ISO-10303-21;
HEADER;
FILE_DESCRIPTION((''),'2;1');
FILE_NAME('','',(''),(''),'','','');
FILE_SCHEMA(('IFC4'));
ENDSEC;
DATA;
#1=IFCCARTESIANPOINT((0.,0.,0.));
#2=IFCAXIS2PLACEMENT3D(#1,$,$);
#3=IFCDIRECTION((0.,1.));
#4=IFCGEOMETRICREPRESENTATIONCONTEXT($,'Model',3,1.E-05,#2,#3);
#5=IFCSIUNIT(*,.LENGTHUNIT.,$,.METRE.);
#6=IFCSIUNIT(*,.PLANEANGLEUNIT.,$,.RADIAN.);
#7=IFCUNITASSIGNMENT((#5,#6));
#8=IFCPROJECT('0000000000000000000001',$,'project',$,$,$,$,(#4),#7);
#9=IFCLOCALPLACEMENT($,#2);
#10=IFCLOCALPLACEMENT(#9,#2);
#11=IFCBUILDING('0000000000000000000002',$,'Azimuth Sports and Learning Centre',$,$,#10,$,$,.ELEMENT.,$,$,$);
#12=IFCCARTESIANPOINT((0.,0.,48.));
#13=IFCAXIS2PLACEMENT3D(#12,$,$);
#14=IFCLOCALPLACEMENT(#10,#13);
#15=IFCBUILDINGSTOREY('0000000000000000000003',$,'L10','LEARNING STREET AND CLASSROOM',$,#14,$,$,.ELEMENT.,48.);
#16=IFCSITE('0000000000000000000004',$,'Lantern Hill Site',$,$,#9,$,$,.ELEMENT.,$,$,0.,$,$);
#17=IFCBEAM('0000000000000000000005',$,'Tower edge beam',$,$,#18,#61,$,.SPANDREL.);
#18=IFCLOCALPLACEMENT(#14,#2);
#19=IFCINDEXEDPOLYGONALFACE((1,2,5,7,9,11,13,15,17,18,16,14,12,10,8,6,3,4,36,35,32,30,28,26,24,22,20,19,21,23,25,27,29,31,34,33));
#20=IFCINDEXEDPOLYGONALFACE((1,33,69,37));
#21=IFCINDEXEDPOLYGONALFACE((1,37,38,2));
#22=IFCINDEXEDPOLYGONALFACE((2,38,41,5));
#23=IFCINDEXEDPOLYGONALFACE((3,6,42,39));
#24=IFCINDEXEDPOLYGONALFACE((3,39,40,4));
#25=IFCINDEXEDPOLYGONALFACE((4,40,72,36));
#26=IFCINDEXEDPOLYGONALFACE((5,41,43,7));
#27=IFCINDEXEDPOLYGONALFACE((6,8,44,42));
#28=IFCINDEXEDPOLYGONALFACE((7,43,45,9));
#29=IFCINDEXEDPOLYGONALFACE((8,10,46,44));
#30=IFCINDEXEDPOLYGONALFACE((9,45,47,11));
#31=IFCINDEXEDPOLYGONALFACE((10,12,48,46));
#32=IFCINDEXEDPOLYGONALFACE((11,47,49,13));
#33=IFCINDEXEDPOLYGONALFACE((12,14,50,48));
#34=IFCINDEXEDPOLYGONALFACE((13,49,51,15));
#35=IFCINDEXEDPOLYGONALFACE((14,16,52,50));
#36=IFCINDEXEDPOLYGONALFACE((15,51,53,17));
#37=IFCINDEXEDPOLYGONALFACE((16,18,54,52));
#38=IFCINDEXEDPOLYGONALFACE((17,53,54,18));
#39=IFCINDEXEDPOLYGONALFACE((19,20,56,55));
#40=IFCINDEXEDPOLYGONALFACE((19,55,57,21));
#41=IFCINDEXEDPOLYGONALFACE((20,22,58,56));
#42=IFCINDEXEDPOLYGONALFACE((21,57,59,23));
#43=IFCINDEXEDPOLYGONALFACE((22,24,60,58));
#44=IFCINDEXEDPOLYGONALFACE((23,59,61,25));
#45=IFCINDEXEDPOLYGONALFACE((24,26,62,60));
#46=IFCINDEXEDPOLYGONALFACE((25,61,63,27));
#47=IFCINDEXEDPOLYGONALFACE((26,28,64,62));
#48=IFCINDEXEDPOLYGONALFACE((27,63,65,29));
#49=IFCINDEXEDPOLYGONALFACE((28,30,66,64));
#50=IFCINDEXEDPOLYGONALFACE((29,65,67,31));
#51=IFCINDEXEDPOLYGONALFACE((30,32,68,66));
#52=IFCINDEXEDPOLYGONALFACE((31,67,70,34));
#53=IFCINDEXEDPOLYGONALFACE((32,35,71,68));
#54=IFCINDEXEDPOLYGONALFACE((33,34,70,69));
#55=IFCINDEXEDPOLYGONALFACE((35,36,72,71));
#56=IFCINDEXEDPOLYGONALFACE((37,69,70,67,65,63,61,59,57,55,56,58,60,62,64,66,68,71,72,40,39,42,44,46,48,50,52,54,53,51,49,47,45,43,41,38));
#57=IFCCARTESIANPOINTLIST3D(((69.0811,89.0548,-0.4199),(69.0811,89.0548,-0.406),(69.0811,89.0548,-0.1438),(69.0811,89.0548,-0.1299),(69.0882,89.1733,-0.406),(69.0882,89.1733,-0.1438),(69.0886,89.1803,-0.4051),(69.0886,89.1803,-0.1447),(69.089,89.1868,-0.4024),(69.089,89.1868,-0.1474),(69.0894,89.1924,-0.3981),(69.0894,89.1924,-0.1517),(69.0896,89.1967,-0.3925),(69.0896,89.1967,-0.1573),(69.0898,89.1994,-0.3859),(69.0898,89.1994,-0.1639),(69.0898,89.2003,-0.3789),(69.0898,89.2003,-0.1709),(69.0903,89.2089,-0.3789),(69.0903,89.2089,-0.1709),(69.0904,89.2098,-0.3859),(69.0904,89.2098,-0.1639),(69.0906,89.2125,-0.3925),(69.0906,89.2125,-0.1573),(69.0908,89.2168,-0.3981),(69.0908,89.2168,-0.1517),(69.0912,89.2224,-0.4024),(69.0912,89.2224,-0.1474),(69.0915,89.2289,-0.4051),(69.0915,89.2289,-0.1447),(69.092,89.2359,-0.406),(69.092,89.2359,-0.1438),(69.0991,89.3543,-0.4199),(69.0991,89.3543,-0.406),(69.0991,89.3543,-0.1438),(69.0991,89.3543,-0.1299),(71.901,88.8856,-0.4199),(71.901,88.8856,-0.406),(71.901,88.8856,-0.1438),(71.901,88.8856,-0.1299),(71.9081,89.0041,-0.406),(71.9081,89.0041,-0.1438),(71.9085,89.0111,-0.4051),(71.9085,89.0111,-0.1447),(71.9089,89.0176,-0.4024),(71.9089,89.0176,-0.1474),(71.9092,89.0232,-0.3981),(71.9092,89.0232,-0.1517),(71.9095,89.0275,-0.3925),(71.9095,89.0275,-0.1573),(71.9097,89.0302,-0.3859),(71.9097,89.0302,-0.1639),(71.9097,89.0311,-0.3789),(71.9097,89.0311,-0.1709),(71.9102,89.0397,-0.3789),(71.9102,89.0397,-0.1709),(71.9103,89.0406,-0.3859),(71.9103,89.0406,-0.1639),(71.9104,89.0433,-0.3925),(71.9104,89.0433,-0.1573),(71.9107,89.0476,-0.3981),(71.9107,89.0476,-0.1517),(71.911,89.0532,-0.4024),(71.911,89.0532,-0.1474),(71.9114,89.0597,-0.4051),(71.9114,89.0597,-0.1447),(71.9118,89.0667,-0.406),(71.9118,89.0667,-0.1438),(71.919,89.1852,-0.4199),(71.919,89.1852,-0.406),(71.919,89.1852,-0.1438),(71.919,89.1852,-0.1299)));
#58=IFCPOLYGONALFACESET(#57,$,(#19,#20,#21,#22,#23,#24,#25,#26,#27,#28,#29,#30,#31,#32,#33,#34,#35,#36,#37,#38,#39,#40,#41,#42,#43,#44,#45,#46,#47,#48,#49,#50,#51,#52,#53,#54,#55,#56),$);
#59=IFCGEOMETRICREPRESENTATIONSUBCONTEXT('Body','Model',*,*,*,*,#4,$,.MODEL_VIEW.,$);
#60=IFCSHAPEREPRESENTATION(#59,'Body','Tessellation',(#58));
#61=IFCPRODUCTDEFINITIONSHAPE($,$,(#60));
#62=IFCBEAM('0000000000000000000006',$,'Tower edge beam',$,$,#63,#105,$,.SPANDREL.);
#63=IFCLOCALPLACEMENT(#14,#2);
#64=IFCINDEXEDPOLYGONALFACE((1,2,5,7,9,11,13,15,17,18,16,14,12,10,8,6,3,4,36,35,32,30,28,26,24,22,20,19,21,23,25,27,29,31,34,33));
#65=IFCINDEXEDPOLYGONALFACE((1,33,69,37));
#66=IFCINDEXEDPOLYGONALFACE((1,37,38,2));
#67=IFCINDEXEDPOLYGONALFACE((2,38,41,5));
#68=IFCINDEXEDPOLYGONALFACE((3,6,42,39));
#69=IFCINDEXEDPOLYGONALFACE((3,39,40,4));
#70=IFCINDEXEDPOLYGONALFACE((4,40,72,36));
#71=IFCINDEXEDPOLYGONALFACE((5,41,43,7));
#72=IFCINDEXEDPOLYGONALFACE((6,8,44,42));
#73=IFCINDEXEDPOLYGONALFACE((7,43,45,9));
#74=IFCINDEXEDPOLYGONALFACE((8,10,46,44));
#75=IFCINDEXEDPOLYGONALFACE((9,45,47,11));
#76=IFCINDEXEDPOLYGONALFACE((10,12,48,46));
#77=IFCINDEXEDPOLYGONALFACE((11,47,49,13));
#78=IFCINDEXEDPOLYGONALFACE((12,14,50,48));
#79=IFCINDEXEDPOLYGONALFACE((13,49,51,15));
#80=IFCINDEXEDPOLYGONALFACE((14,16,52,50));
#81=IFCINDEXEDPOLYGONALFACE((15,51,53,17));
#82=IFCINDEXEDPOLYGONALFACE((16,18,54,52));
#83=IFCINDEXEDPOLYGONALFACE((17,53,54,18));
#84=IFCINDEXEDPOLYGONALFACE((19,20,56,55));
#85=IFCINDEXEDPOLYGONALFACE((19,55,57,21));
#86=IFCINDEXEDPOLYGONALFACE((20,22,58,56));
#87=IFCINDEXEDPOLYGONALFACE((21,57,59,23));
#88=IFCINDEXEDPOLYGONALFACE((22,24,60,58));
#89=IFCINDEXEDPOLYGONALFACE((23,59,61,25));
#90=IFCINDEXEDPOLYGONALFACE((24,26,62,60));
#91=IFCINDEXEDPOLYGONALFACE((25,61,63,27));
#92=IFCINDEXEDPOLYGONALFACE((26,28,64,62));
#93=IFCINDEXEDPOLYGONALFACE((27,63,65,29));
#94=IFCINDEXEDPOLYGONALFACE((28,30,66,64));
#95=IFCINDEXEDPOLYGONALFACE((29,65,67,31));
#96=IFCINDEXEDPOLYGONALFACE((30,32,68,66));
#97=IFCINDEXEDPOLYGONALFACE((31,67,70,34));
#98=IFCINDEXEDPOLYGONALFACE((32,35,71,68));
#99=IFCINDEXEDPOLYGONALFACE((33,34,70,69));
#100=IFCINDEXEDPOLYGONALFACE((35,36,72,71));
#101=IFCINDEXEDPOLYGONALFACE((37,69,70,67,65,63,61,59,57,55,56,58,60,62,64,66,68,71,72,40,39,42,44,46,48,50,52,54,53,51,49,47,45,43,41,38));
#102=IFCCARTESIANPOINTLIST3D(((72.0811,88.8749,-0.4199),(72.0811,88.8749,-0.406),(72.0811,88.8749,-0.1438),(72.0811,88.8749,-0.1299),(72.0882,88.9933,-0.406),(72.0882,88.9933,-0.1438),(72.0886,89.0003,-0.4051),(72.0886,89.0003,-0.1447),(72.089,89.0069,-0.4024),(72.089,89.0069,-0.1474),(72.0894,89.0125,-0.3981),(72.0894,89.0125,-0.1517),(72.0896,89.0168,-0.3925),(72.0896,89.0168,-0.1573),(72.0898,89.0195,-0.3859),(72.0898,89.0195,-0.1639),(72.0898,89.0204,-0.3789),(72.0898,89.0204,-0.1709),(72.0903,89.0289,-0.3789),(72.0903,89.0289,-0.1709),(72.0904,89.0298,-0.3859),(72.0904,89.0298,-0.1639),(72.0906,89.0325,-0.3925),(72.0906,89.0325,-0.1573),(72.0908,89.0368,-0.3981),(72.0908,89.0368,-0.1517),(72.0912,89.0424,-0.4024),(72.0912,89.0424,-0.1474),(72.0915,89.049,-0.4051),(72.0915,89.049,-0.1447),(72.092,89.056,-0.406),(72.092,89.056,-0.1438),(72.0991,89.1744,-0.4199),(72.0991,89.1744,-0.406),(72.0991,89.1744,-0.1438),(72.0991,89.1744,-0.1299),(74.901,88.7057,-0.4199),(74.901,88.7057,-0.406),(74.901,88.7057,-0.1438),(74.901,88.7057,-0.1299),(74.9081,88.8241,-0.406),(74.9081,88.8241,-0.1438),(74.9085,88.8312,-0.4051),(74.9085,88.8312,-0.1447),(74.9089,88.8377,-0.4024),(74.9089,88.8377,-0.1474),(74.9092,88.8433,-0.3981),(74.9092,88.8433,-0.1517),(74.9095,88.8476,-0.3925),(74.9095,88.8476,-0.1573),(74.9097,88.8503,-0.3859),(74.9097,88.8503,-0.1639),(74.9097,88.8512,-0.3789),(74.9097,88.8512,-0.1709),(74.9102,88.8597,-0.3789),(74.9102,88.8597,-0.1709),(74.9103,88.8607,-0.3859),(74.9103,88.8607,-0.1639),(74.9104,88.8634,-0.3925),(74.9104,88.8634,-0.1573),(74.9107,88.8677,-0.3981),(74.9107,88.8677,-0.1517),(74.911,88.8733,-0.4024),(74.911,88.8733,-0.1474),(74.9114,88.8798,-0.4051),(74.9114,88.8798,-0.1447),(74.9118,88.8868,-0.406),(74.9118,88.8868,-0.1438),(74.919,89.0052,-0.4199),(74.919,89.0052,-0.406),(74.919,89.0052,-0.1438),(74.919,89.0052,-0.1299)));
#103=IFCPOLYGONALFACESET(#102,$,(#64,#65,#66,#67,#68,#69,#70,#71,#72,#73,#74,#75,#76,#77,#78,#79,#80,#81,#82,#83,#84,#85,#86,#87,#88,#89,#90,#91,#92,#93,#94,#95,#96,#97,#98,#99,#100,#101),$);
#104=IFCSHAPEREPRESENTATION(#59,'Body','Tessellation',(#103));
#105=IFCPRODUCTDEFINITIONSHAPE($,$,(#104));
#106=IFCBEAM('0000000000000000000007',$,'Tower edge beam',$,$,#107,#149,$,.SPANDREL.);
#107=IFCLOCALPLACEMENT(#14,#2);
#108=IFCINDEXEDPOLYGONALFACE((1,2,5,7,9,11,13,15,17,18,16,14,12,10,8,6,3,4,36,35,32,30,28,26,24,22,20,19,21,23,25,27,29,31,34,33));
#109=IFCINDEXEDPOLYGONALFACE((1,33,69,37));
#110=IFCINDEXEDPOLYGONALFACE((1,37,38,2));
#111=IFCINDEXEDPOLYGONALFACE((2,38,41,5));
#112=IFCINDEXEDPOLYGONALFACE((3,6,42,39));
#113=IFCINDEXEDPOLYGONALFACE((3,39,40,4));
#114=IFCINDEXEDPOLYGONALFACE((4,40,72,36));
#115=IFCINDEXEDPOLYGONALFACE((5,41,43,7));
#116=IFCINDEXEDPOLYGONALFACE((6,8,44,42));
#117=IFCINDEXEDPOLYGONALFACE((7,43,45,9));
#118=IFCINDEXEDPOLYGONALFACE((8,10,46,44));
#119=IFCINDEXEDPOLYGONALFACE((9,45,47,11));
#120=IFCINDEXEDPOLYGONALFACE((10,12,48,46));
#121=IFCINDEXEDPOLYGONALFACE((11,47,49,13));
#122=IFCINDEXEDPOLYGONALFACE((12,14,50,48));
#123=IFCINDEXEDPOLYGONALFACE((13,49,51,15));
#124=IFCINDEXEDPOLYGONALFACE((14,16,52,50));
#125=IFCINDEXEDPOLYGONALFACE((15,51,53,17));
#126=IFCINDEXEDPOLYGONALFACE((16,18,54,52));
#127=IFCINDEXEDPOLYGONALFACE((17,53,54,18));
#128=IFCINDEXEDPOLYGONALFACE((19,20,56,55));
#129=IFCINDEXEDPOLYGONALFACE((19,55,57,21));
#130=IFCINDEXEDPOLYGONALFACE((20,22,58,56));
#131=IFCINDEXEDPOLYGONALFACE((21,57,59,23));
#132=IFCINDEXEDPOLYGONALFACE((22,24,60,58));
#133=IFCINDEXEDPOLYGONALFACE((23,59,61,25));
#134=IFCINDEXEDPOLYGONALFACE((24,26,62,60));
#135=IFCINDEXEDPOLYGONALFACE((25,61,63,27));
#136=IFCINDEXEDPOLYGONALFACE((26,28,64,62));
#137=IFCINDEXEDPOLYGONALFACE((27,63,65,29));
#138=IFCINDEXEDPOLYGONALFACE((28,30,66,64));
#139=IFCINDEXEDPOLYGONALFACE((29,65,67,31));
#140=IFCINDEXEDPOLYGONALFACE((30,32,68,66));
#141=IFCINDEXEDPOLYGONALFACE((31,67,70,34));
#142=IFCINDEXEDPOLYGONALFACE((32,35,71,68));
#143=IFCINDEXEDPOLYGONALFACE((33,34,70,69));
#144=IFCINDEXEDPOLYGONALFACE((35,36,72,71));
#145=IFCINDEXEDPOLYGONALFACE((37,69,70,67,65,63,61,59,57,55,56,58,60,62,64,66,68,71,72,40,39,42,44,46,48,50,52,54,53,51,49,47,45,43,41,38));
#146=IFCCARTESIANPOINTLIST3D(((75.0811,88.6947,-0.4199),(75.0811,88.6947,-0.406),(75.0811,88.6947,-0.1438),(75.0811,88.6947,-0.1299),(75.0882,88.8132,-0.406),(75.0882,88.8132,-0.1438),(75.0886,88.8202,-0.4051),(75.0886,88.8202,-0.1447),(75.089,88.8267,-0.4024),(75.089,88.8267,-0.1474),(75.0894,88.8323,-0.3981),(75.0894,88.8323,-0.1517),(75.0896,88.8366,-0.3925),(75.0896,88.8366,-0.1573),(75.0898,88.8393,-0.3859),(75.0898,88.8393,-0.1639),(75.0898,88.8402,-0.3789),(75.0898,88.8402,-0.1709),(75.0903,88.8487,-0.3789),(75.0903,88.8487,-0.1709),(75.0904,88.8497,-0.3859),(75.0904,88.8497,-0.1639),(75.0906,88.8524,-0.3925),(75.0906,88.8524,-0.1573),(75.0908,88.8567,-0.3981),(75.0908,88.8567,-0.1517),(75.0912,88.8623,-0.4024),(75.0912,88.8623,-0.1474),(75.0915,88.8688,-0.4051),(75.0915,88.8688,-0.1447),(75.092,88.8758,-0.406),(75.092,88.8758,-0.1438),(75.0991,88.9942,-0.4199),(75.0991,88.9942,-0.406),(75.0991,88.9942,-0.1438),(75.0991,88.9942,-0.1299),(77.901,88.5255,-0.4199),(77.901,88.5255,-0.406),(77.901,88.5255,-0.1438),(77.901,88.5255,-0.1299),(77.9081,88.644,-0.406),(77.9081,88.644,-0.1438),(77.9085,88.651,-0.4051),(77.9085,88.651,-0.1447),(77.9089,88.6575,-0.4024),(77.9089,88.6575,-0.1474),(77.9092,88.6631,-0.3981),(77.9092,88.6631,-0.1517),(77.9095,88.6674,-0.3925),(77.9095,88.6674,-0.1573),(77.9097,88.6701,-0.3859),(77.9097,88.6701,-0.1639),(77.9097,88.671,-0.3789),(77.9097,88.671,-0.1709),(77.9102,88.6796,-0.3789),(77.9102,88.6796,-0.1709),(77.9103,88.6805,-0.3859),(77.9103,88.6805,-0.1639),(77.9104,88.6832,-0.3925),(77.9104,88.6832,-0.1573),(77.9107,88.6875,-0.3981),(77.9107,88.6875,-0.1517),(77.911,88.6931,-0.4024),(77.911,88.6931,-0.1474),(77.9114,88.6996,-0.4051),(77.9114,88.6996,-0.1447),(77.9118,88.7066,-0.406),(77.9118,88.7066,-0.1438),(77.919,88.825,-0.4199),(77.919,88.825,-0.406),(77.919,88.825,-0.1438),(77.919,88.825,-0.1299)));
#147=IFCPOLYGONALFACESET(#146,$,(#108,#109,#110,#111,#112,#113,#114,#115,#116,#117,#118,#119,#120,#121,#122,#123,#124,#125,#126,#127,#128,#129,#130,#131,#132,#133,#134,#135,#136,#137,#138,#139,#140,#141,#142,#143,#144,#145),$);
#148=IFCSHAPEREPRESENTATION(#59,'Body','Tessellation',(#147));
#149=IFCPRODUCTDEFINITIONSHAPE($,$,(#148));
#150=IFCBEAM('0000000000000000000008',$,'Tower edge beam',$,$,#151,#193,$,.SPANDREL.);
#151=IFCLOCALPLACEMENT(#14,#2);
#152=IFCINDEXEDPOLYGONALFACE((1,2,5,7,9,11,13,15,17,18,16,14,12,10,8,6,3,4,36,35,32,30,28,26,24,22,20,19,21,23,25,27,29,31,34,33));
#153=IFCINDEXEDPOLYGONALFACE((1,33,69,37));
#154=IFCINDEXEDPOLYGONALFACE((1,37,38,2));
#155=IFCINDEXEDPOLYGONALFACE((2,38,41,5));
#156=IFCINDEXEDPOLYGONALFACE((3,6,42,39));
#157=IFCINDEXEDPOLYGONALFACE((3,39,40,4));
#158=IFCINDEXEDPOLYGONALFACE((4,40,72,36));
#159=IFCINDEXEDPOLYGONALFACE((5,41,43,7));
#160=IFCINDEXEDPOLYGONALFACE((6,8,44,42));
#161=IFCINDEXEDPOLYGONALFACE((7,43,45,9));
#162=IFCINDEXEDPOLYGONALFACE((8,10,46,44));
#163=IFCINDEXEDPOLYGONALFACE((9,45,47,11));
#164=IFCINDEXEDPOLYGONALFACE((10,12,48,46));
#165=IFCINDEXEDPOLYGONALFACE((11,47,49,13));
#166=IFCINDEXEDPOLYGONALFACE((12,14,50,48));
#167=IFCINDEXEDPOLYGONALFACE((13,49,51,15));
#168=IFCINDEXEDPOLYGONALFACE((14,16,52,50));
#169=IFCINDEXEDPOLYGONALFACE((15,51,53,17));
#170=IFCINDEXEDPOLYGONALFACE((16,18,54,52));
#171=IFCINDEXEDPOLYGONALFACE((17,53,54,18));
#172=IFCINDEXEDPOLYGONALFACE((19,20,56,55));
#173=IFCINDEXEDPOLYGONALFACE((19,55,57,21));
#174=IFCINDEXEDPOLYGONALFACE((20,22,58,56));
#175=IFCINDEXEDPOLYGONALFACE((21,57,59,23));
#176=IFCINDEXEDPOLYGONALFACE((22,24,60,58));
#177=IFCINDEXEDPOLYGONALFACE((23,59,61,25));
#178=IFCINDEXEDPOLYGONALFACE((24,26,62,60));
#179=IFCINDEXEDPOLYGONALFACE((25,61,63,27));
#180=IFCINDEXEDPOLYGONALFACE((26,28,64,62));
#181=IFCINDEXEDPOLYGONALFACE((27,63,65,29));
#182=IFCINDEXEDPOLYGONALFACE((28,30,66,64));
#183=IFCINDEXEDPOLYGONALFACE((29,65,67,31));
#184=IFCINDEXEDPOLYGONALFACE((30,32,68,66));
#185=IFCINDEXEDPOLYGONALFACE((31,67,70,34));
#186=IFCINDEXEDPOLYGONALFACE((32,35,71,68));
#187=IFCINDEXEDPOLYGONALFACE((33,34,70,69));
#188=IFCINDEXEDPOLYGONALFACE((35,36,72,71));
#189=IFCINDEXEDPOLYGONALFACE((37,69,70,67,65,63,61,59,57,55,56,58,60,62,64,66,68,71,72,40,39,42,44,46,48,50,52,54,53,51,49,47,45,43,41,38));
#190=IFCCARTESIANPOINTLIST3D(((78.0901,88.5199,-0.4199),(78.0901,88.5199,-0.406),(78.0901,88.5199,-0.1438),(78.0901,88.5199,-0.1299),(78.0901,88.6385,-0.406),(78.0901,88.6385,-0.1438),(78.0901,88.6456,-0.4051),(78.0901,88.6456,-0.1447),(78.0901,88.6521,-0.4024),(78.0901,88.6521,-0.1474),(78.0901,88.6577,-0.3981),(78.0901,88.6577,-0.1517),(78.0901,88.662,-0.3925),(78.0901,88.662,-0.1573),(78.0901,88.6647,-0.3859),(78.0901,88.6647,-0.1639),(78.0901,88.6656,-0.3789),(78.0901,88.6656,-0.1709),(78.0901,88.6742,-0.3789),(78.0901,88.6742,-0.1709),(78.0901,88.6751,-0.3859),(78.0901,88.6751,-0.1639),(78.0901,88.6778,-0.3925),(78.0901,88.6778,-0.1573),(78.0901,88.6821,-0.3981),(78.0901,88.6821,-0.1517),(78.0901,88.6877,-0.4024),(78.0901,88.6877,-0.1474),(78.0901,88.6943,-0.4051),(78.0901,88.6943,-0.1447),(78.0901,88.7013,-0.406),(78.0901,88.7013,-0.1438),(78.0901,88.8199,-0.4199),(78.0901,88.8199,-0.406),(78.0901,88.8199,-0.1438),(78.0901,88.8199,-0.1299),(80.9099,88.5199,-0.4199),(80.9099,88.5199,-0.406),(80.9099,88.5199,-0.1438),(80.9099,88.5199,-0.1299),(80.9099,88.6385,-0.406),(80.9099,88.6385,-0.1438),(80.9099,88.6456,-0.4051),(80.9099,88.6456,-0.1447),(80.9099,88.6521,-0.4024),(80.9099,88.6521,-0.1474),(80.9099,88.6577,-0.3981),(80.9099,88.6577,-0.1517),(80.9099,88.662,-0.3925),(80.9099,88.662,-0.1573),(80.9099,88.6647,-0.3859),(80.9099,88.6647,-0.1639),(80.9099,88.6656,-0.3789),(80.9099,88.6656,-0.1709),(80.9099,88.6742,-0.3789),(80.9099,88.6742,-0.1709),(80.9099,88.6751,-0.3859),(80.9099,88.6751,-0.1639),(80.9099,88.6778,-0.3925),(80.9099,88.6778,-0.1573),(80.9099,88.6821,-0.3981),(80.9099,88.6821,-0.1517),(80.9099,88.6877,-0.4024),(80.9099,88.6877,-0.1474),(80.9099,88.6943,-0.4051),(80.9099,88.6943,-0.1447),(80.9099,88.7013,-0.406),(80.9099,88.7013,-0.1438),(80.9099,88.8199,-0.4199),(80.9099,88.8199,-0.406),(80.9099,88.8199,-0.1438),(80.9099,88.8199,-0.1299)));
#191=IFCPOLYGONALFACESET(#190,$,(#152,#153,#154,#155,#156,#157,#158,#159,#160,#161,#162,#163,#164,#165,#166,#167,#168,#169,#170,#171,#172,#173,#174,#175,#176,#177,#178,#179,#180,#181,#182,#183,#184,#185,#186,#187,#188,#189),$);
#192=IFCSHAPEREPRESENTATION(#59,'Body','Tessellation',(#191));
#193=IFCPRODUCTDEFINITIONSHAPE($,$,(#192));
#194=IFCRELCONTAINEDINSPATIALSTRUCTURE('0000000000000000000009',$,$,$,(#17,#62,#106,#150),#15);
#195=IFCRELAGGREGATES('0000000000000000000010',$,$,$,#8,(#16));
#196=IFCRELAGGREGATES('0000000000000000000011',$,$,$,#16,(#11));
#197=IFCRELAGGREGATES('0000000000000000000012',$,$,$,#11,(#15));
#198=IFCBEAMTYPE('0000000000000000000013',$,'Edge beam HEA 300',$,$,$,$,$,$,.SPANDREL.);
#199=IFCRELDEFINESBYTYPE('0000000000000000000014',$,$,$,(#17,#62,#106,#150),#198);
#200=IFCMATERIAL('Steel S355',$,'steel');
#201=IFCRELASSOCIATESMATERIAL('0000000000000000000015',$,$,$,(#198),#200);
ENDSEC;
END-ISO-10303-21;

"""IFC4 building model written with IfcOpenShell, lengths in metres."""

from ifc_helpers import new_model, si_unit, direction, frame, origin, origin_2d, place, context, subcontext, project, spatial, i_section, extrude, material, material_profile, profile_set, type_object, element, save


model = new_model("IFC4")

# Units and contexts
model_context = context("Model", 3, precision=1e-05, world=origin(), true_north=direction((0.0, 1.0)))
body_context = subcontext(model_context, "Body", "Model", "MODEL_VIEW")
ifc_project = project(units=[si_unit("LENGTHUNIT", "METRE"), si_unit("PLANEANGLEUNIT", "RADIAN")], contexts=[model_context])

# Site, building, storey
site_placement = place(None, origin())
site = spatial("IfcSite", under=ifc_project, at=site_placement, Name="Lantern Hill Site", CompositionType="ELEMENT", RefElevation=0.0)
building_placement = place(site_placement, origin())
building = spatial("IfcBuilding", under=site, at=building_placement, Name="Azimuth Sports and Learning Centre", CompositionType="ELEMENT")
storey_placement = place(building_placement, frame((0.0, 0.0, 48.0)))
storey = spatial("IfcBuildingStorey", under=building, at=storey_placement, Name="L10", Description="LEARNING STREET AND CLASSROOM", CompositionType="ELEMENT", Elevation=48.0)

# Beams
ifc_material_1 = material(Name="Steel S355", Category="steel")
ifc_material_profile_1 = material_profile(ifc_material_1, i_section(OverallWidth=0.3, OverallDepth=0.29, WebThickness=0.0085, FlangeThickness=0.0139, FilletRadius=0.0271, at=origin_2d()), Name="HEA 300")
ifc_profile_set_1 = profile_set([ifc_material_profile_1], Name="Steel S355")
beam_type = type_object("IfcBeamType", Name="Edge beam HEA 300", PredefinedType="SPANDREL", material=ifc_profile_set_1)
for number, where, z_axis, x_axis, name in (
    (1, (69.0901, 89.2046, -0.2749), (0.998205, -0.059892, 0.0), (0.059892, 0.998205, 0.0), "Tower edge beam"),
    (2, (72.0901, 89.0247, -0.2749), (0.998205, -0.059892, 0.0), (0.059892, 0.998205, 0.0), "Tower edge beam"),
    (3, (75.0901, 88.8445, -0.2749), (0.998205, -0.059892, 0.0), (0.059892, 0.998205, 0.0), "Tower edge beam"),
):
    element("IfcBeam", number, at=place(storey_placement, frame(where, z_axis=z_axis, x_axis=x_axis)), inside=storey, type_object=beam_type, Name=name, PredefinedType="SPANDREL", context=body_context, shape_type="SweptSolid", body=[
        extrude(i_section(OverallWidth=0.3, OverallDepth=0.29, WebThickness=0.0085, FlangeThickness=0.0139, FilletRadius=0.0271, at=origin_2d()), origin(), (0.0, 0.0, 1.0), 2.825),
    ])
for number, where, z_axis, x_axis, name in (
    (4, (78.0901, 88.6699, -0.2749), (1.0, 0.0, 0.0), (0.0, 1.0, 0.0), "Tower edge beam"),
):
    element("IfcBeam", number, at=place(storey_placement, frame(where, z_axis=z_axis, x_axis=x_axis)), inside=storey, type_object=beam_type, Name=name, PredefinedType="SPANDREL", context=body_context, shape_type="SweptSolid", body=[
        extrude(i_section(OverallWidth=0.3, OverallDepth=0.29, WebThickness=0.0085, FlangeThickness=0.0139, FilletRadius=0.0271, at=origin_2d()), origin(), (0.0, 0.0, 1.0), 2.8198),
    ])

save(model, "model.ifc")
